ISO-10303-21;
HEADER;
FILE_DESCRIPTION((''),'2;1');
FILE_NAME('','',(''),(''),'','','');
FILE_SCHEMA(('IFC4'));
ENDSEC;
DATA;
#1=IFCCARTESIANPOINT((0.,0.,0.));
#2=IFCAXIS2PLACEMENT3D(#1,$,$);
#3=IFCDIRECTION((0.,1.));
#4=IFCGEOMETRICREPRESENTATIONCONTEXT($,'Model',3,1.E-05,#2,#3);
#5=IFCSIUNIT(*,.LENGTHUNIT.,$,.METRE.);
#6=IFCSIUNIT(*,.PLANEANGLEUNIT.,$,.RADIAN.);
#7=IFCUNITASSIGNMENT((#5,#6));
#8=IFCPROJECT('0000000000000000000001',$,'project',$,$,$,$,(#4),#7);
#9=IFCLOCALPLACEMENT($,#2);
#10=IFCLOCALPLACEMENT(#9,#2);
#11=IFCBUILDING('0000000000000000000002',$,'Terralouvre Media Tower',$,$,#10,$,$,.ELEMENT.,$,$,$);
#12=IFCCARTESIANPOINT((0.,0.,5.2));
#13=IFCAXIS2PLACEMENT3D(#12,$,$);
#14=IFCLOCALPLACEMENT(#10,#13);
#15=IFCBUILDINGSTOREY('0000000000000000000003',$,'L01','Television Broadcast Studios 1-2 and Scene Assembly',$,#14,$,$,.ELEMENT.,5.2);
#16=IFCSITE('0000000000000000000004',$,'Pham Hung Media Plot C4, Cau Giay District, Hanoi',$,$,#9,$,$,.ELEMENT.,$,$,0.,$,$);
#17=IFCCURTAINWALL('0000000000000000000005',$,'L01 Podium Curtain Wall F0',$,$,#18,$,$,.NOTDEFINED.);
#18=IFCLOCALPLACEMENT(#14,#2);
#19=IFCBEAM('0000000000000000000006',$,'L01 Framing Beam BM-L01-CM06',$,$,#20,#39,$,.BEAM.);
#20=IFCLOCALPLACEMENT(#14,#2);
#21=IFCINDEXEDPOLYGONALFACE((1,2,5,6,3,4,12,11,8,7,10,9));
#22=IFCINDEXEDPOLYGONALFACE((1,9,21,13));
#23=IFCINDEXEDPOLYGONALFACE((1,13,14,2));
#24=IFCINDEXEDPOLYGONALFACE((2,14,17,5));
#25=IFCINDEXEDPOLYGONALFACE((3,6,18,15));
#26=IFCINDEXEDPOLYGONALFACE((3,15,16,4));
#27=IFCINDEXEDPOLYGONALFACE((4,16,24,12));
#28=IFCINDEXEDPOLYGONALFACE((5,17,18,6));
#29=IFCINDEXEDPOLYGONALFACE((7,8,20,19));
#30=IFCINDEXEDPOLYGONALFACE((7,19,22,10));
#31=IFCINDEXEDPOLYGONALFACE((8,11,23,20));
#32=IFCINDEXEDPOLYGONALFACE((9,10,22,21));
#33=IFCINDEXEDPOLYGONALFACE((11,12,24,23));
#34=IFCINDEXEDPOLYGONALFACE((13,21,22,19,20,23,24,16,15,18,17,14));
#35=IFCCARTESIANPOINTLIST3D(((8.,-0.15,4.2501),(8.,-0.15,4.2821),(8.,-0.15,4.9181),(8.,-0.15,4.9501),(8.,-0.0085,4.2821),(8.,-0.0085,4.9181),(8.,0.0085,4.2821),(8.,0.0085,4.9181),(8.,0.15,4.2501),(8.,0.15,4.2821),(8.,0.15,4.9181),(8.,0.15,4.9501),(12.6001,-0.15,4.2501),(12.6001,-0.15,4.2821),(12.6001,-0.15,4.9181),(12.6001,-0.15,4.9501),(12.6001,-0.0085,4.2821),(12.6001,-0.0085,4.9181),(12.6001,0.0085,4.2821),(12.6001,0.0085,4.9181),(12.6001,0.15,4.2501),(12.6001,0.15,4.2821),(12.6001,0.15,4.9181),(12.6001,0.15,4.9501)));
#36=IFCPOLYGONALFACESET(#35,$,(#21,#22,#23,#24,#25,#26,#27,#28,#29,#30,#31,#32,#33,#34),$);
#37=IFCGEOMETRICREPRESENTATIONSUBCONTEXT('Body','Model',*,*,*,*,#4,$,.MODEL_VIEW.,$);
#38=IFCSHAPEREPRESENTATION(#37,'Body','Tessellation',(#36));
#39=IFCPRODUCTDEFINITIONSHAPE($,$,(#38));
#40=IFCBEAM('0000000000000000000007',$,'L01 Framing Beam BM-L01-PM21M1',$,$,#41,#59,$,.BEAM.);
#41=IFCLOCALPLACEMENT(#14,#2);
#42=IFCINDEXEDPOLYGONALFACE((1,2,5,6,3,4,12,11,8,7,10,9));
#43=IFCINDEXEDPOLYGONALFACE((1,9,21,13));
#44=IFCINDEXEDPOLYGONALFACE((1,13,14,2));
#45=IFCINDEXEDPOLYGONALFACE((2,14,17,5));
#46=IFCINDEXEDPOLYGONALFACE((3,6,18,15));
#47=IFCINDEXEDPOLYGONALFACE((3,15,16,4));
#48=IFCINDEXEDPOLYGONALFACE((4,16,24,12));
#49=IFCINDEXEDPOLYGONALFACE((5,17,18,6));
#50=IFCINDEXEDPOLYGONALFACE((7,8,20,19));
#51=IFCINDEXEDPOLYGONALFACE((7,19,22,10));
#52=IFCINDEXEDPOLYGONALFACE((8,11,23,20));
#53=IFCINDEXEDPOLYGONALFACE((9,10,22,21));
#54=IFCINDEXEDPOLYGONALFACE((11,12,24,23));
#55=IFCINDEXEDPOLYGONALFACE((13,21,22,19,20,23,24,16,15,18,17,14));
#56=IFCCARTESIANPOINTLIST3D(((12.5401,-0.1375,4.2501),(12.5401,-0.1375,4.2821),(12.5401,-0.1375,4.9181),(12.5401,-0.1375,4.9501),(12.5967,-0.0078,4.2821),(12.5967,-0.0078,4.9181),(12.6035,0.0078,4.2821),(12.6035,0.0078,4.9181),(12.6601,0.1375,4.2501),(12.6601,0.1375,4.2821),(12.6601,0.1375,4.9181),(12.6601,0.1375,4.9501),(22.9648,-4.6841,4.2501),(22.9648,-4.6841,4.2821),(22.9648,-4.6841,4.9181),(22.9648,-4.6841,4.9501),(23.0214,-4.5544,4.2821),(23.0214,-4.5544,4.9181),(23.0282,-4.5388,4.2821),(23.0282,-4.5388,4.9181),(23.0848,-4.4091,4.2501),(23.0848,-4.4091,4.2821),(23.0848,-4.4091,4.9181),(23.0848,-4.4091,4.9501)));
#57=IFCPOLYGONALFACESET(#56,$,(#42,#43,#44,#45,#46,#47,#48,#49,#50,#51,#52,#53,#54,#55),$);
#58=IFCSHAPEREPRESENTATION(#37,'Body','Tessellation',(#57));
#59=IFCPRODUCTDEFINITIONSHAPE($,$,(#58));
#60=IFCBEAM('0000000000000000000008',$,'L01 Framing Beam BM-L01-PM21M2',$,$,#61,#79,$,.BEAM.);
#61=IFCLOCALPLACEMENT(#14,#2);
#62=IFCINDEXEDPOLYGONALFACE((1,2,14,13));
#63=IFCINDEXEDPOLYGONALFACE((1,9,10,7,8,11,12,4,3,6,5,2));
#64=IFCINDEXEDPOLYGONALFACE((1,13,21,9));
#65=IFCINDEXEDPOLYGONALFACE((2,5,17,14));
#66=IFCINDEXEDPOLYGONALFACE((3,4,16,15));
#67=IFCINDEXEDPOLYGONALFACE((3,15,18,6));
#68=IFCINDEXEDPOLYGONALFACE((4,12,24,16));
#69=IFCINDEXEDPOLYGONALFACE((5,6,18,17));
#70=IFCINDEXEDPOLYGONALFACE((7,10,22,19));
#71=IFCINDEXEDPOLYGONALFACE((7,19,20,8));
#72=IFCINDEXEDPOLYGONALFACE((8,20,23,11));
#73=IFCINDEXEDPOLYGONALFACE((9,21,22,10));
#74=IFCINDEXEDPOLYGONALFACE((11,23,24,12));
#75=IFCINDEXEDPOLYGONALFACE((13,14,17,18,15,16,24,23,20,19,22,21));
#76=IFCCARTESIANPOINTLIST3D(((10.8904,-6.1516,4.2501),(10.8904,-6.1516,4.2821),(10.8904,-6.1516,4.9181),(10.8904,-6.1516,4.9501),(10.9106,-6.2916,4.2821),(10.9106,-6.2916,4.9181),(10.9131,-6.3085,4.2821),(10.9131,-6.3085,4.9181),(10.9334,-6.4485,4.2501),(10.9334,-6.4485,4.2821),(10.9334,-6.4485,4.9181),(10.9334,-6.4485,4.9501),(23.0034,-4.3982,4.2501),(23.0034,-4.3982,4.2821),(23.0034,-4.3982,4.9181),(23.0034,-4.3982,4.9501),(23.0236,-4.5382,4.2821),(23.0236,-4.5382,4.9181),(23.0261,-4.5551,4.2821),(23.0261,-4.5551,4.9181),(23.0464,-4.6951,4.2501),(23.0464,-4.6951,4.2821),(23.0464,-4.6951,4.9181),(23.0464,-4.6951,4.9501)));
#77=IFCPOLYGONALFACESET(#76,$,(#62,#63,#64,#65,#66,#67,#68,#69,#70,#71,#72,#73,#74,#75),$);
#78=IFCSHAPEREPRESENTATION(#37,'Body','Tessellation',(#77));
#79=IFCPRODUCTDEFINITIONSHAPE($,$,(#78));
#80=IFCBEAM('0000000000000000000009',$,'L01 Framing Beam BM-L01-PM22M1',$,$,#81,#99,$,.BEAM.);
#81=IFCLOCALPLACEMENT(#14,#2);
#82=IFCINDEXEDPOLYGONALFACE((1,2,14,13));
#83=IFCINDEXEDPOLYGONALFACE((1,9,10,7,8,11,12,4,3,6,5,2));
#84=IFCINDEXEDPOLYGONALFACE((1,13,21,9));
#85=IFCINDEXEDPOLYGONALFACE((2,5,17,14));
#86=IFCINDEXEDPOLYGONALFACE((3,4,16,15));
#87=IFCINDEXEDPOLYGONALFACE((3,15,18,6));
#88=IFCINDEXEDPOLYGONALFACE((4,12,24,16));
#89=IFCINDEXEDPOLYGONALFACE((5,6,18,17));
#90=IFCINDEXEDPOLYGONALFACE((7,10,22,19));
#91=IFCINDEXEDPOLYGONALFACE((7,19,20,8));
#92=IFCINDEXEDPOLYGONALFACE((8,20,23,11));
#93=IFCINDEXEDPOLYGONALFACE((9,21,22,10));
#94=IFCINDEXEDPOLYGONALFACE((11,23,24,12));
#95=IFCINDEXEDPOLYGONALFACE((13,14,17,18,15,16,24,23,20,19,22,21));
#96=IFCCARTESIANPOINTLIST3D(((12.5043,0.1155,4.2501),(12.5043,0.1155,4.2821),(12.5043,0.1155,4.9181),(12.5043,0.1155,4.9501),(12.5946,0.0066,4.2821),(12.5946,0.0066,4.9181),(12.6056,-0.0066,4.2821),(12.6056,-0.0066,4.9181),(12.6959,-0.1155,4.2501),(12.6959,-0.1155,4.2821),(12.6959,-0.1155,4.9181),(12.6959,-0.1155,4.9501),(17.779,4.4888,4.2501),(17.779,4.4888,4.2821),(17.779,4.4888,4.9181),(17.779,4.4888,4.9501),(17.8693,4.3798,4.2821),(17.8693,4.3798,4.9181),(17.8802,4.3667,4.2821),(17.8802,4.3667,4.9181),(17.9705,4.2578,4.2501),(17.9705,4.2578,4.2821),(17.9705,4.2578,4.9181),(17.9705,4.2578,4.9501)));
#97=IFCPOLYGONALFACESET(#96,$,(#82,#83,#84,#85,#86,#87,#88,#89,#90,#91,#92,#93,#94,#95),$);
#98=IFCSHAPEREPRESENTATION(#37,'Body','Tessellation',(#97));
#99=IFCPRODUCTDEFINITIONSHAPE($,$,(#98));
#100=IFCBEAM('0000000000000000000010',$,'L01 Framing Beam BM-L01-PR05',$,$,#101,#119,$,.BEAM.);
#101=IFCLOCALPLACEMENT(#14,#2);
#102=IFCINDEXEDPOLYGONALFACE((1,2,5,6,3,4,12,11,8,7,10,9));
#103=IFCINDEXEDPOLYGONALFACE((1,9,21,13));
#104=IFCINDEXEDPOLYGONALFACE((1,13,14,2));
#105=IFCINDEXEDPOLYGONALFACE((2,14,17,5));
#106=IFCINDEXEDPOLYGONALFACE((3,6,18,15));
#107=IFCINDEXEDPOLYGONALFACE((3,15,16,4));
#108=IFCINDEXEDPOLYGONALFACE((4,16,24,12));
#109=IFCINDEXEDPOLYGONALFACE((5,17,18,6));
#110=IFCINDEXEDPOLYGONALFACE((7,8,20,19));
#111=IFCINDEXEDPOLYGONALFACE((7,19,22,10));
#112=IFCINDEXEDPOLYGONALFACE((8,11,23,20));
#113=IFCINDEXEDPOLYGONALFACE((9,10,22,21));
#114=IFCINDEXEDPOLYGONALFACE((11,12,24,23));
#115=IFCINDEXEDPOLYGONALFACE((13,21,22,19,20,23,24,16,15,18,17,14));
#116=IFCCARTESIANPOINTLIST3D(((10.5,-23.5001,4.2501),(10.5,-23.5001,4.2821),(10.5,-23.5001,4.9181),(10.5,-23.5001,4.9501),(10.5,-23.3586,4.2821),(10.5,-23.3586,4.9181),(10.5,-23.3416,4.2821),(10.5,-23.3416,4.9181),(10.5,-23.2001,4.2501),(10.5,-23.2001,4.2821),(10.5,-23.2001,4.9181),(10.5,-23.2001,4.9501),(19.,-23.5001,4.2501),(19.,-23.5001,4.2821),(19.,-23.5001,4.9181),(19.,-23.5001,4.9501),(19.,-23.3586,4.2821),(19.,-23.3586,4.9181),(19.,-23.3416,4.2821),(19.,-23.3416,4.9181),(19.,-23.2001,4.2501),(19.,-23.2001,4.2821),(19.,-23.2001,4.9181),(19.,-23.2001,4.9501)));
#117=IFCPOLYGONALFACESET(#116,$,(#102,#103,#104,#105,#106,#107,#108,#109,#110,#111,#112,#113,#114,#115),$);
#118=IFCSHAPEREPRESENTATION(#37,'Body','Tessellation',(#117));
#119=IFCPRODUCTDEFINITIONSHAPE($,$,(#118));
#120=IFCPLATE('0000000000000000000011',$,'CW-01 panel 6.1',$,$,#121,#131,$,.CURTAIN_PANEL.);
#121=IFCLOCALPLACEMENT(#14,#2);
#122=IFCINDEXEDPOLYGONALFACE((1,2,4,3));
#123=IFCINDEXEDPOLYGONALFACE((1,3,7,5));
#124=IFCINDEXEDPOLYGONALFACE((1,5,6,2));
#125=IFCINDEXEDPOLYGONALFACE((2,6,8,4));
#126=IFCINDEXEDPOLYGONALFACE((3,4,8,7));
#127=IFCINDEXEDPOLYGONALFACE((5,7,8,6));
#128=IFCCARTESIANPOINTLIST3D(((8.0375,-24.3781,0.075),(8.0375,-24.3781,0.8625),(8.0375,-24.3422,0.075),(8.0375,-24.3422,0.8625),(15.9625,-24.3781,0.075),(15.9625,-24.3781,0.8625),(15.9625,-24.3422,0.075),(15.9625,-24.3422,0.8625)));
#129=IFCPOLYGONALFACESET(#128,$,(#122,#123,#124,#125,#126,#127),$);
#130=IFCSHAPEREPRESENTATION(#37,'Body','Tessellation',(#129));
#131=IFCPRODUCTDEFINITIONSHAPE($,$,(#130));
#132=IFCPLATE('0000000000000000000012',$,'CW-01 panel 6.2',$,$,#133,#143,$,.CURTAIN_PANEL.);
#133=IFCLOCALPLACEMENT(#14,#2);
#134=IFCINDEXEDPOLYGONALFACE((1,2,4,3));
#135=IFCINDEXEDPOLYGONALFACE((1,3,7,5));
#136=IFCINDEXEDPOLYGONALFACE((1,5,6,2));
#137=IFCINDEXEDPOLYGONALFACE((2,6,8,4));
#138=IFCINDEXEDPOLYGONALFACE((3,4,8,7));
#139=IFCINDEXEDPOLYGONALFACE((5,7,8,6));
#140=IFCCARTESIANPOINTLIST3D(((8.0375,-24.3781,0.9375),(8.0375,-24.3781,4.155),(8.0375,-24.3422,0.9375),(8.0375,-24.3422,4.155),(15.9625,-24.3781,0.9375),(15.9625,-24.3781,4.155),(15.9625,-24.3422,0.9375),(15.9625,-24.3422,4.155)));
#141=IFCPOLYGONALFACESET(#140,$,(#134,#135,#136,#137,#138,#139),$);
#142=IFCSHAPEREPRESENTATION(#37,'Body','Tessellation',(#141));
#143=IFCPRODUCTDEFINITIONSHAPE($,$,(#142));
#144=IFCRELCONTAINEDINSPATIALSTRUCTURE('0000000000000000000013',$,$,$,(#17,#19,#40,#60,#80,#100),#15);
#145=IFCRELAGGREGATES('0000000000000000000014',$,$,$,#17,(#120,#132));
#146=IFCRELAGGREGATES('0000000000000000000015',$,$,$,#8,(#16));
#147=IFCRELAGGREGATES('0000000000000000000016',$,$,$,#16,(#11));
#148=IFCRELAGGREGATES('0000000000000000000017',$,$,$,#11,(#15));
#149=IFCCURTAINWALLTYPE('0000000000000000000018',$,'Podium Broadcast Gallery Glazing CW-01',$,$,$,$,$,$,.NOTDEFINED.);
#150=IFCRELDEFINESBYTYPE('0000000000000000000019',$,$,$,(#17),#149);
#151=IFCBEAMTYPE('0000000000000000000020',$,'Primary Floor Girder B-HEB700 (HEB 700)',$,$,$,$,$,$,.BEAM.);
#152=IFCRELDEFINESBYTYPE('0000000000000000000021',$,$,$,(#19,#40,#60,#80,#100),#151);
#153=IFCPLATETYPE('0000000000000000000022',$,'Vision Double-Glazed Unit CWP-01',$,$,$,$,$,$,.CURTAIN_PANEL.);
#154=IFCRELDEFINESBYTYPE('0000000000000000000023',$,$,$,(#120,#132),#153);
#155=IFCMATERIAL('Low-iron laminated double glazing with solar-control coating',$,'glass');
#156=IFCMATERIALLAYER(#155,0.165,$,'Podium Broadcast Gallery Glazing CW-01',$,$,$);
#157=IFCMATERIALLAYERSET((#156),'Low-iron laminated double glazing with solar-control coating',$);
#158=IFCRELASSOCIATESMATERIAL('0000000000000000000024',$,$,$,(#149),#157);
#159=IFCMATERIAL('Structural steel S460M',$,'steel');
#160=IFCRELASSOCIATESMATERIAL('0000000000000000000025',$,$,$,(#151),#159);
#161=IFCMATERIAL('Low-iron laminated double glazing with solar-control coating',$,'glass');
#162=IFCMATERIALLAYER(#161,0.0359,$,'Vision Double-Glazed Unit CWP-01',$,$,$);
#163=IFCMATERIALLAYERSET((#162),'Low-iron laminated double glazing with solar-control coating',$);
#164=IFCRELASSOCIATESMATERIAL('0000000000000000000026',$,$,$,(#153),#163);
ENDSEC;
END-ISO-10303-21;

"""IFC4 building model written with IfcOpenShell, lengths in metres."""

from ifc_helpers import new_model, si_unit, direction, frame, origin, origin_2d, place, context, subcontext, project, spatial, rectangle, i_section, extrude, material, layer, layer_set, material_profile, profile_set, type_object, element, aggregate, save


model = new_model("IFC4")

# Units and contexts
model_context = context("Model", 3, precision=1e-05, world=origin(), true_north=direction((0.0, 1.0)))
body_context = subcontext(model_context, "Body", "Model", "MODEL_VIEW")
ifc_project = project(units=[si_unit("LENGTHUNIT", "METRE"), si_unit("PLANEANGLEUNIT", "RADIAN")], contexts=[model_context])

# Site, building, storey
site_placement = place(None, origin())
site = spatial("IfcSite", under=ifc_project, at=site_placement, Name="Pham Hung Media Plot C4, Cau Giay District, Hanoi", CompositionType="ELEMENT", RefElevation=0.0)
building_placement = place(site_placement, origin())
building = spatial("IfcBuilding", under=site, at=building_placement, Name="Terralouvre Media Tower", CompositionType="ELEMENT")
storey_placement = place(building_placement, frame((0.0, 0.0, 5.2)))
storey = spatial("IfcBuildingStorey", under=building, at=storey_placement, Name="L01", Description="Television Broadcast Studios 1-2 and Scene Assembly", CompositionType="ELEMENT", Elevation=5.2)

# Curtain wall
ifc_material_1 = material(Name="Low-iron laminated double glazing with solar-control coating", Category="glass")
ifc_layer_1 = layer(ifc_material_1, 0.165, Name="Podium Broadcast Gallery Glazing CW-01")
ifc_layer_set_1 = layer_set([ifc_layer_1], Name="Low-iron laminated double glazing with solar-control coating")
curtain_wall_type = type_object("IfcCurtainWallType", Name="Podium Broadcast Gallery Glazing CW-01", PredefinedType="NOTDEFINED", material=ifc_layer_set_1)
curtain_wall_placement = place(storey_placement, origin())
curtain_wall = element("IfcCurtainWall", 1, at=curtain_wall_placement, inside=storey, type_object=curtain_wall_type, Name="L01 Podium Curtain Wall F0", PredefinedType="NOTDEFINED")

# Beams
ifc_material_2 = material(Name="Structural steel S460M", Category="steel")
ifc_material_profile_1 = material_profile(ifc_material_2, i_section(OverallWidth=0.3, OverallDepth=0.7, WebThickness=0.0171, FlangeThickness=0.032, at=origin_2d()), Name="HEB 700")
ifc_profile_set_1 = profile_set([ifc_material_profile_1], Name="Structural steel S460M")
beam_type_1 = type_object("IfcBeamType", Name="Primary Floor Girder B-HEB700 (HEB 700)", PredefinedType="BEAM", material=ifc_profile_set_1)
beam_1_placement = place(storey_placement, frame((8.0, 0.0, 4.6001), z_axis=(1.0, 0.0, 0.0), x_axis=(0.0, 1.0, 0.0)))
element("IfcBeam", 2, at=beam_1_placement, inside=storey, type_object=beam_type_1, Name="L01 Framing Beam BM-L01-CM06", PredefinedType="BEAM", context=body_context, shape_type="SweptSolid", body=[
    extrude(i_section(OverallWidth=0.3, OverallDepth=0.7, WebThickness=0.0171, FlangeThickness=0.032, at=origin_2d()), origin(), (0.0, 0.0, 1.0), 4.6001),
])
beam_2_placement = place(storey_placement, frame((12.6001, 0.0, 4.6001), z_axis=(0.916616, -0.399769, 0.0), x_axis=(0.399769, 0.916616, 0.0)))
element("IfcBeam", 3, at=beam_2_placement, inside=storey, type_object=beam_type_1, Name="L01 Framing Beam BM-L01-PM21M1", PredefinedType="BEAM", context=body_context, shape_type="SweptSolid", body=[
    extrude(i_section(OverallWidth=0.3, OverallDepth=0.7, WebThickness=0.0171, FlangeThickness=0.032, at=origin_2d()), origin(), (0.0, 0.0, 1.0), 11.373),
])
beam_3_placement = place(storey_placement, frame((10.9119, -6.3, 4.6001), z_axis=(0.989685, 0.143261, 0.0), x_axis=(-0.143261, 0.989685, 0.0)))
element("IfcBeam", 4, at=beam_3_placement, inside=storey, type_object=beam_type_1, Name="L01 Framing Beam BM-L01-PM21M2", PredefinedType="BEAM", context=body_context, shape_type="SweptSolid", body=[
    extrude(i_section(OverallWidth=0.3, OverallDepth=0.7, WebThickness=0.0171, FlangeThickness=0.032, at=origin_2d()), origin(), (0.0, 0.0, 1.0), 12.2393),
])
beam_4_placement = place(storey_placement, frame((12.6001, 0.0, 4.6001), z_axis=(0.769816, 0.638265, 0.0), x_axis=(-0.638265, 0.769816, 0.0)))
element("IfcBeam", 5, at=beam_4_placement, inside=storey, type_object=beam_type_1, Name="L01 Framing Beam BM-L01-PM22M1", PredefinedType="BEAM", context=body_context, shape_type="SweptSolid", body=[
    extrude(i_section(OverallWidth=0.3, OverallDepth=0.7, WebThickness=0.0171, FlangeThickness=0.032, at=origin_2d()), origin(), (0.0, 0.0, 1.0), 6.8518),
])
beam_5_placement = place(storey_placement, frame((10.5, -23.3501, 4.6001), z_axis=(1.0, 0.0, 0.0), x_axis=(0.0, 1.0, 0.0)))
element("IfcBeam", 6, at=beam_5_placement, inside=storey, type_object=beam_type_1, Name="L01 Framing Beam BM-L01-PR05", PredefinedType="BEAM", context=body_context, shape_type="SweptSolid", body=[
    extrude(i_section(OverallWidth=0.3, OverallDepth=0.7, WebThickness=0.0171, FlangeThickness=0.032, at=origin_2d()), origin(), (0.0, 0.0, 1.0), 8.5),
])

# Plates
ifc_material_3 = material(Name="Low-iron laminated double glazing with solar-control coating", Category="glass")
ifc_layer_2 = layer(ifc_material_3, 0.0359, Name="Vision Double-Glazed Unit CWP-01")
ifc_layer_set_2 = layer_set([ifc_layer_2], Name="Low-iron laminated double glazing with solar-control coating")
plate_type = type_object("IfcPlateType", Name="Vision Double-Glazed Unit CWP-01", PredefinedType="CURTAIN_PANEL", material=ifc_layer_set_2)
plate_1_placement = place(storey_placement, frame((12.0, -24.3601, 0.075), z_axis=(0.0, 0.0, 1.0), x_axis=(1.0, 0.0, 0.0)))
plate_1 = element("IfcPlate", 7, at=plate_1_placement, type_object=plate_type, Name="CW-01 panel 6.1", PredefinedType="CURTAIN_PANEL", context=body_context, shape_type="SweptSolid", body=[
    extrude(rectangle(XDim=7.925, YDim=0.0359, at=origin_2d()), origin(), (0.0, 0.0, 1.0), 0.7876),
])
plate_2_placement = place(storey_placement, frame((12.0, -24.3601, 0.9375), z_axis=(0.0, 0.0, 1.0), x_axis=(1.0, 0.0, 0.0)))
plate_2 = element("IfcPlate", 8, at=plate_2_placement, type_object=plate_type, Name="CW-01 panel 6.2", PredefinedType="CURTAIN_PANEL", context=body_context, shape_type="SweptSolid", body=[
    extrude(rectangle(XDim=7.925, YDim=0.0359, at=origin_2d()), origin(), (0.0, 0.0, 1.0), 3.2175),
])
aggregate(curtain_wall, [plate_1, plate_2])

save(model, "model.ifc")
